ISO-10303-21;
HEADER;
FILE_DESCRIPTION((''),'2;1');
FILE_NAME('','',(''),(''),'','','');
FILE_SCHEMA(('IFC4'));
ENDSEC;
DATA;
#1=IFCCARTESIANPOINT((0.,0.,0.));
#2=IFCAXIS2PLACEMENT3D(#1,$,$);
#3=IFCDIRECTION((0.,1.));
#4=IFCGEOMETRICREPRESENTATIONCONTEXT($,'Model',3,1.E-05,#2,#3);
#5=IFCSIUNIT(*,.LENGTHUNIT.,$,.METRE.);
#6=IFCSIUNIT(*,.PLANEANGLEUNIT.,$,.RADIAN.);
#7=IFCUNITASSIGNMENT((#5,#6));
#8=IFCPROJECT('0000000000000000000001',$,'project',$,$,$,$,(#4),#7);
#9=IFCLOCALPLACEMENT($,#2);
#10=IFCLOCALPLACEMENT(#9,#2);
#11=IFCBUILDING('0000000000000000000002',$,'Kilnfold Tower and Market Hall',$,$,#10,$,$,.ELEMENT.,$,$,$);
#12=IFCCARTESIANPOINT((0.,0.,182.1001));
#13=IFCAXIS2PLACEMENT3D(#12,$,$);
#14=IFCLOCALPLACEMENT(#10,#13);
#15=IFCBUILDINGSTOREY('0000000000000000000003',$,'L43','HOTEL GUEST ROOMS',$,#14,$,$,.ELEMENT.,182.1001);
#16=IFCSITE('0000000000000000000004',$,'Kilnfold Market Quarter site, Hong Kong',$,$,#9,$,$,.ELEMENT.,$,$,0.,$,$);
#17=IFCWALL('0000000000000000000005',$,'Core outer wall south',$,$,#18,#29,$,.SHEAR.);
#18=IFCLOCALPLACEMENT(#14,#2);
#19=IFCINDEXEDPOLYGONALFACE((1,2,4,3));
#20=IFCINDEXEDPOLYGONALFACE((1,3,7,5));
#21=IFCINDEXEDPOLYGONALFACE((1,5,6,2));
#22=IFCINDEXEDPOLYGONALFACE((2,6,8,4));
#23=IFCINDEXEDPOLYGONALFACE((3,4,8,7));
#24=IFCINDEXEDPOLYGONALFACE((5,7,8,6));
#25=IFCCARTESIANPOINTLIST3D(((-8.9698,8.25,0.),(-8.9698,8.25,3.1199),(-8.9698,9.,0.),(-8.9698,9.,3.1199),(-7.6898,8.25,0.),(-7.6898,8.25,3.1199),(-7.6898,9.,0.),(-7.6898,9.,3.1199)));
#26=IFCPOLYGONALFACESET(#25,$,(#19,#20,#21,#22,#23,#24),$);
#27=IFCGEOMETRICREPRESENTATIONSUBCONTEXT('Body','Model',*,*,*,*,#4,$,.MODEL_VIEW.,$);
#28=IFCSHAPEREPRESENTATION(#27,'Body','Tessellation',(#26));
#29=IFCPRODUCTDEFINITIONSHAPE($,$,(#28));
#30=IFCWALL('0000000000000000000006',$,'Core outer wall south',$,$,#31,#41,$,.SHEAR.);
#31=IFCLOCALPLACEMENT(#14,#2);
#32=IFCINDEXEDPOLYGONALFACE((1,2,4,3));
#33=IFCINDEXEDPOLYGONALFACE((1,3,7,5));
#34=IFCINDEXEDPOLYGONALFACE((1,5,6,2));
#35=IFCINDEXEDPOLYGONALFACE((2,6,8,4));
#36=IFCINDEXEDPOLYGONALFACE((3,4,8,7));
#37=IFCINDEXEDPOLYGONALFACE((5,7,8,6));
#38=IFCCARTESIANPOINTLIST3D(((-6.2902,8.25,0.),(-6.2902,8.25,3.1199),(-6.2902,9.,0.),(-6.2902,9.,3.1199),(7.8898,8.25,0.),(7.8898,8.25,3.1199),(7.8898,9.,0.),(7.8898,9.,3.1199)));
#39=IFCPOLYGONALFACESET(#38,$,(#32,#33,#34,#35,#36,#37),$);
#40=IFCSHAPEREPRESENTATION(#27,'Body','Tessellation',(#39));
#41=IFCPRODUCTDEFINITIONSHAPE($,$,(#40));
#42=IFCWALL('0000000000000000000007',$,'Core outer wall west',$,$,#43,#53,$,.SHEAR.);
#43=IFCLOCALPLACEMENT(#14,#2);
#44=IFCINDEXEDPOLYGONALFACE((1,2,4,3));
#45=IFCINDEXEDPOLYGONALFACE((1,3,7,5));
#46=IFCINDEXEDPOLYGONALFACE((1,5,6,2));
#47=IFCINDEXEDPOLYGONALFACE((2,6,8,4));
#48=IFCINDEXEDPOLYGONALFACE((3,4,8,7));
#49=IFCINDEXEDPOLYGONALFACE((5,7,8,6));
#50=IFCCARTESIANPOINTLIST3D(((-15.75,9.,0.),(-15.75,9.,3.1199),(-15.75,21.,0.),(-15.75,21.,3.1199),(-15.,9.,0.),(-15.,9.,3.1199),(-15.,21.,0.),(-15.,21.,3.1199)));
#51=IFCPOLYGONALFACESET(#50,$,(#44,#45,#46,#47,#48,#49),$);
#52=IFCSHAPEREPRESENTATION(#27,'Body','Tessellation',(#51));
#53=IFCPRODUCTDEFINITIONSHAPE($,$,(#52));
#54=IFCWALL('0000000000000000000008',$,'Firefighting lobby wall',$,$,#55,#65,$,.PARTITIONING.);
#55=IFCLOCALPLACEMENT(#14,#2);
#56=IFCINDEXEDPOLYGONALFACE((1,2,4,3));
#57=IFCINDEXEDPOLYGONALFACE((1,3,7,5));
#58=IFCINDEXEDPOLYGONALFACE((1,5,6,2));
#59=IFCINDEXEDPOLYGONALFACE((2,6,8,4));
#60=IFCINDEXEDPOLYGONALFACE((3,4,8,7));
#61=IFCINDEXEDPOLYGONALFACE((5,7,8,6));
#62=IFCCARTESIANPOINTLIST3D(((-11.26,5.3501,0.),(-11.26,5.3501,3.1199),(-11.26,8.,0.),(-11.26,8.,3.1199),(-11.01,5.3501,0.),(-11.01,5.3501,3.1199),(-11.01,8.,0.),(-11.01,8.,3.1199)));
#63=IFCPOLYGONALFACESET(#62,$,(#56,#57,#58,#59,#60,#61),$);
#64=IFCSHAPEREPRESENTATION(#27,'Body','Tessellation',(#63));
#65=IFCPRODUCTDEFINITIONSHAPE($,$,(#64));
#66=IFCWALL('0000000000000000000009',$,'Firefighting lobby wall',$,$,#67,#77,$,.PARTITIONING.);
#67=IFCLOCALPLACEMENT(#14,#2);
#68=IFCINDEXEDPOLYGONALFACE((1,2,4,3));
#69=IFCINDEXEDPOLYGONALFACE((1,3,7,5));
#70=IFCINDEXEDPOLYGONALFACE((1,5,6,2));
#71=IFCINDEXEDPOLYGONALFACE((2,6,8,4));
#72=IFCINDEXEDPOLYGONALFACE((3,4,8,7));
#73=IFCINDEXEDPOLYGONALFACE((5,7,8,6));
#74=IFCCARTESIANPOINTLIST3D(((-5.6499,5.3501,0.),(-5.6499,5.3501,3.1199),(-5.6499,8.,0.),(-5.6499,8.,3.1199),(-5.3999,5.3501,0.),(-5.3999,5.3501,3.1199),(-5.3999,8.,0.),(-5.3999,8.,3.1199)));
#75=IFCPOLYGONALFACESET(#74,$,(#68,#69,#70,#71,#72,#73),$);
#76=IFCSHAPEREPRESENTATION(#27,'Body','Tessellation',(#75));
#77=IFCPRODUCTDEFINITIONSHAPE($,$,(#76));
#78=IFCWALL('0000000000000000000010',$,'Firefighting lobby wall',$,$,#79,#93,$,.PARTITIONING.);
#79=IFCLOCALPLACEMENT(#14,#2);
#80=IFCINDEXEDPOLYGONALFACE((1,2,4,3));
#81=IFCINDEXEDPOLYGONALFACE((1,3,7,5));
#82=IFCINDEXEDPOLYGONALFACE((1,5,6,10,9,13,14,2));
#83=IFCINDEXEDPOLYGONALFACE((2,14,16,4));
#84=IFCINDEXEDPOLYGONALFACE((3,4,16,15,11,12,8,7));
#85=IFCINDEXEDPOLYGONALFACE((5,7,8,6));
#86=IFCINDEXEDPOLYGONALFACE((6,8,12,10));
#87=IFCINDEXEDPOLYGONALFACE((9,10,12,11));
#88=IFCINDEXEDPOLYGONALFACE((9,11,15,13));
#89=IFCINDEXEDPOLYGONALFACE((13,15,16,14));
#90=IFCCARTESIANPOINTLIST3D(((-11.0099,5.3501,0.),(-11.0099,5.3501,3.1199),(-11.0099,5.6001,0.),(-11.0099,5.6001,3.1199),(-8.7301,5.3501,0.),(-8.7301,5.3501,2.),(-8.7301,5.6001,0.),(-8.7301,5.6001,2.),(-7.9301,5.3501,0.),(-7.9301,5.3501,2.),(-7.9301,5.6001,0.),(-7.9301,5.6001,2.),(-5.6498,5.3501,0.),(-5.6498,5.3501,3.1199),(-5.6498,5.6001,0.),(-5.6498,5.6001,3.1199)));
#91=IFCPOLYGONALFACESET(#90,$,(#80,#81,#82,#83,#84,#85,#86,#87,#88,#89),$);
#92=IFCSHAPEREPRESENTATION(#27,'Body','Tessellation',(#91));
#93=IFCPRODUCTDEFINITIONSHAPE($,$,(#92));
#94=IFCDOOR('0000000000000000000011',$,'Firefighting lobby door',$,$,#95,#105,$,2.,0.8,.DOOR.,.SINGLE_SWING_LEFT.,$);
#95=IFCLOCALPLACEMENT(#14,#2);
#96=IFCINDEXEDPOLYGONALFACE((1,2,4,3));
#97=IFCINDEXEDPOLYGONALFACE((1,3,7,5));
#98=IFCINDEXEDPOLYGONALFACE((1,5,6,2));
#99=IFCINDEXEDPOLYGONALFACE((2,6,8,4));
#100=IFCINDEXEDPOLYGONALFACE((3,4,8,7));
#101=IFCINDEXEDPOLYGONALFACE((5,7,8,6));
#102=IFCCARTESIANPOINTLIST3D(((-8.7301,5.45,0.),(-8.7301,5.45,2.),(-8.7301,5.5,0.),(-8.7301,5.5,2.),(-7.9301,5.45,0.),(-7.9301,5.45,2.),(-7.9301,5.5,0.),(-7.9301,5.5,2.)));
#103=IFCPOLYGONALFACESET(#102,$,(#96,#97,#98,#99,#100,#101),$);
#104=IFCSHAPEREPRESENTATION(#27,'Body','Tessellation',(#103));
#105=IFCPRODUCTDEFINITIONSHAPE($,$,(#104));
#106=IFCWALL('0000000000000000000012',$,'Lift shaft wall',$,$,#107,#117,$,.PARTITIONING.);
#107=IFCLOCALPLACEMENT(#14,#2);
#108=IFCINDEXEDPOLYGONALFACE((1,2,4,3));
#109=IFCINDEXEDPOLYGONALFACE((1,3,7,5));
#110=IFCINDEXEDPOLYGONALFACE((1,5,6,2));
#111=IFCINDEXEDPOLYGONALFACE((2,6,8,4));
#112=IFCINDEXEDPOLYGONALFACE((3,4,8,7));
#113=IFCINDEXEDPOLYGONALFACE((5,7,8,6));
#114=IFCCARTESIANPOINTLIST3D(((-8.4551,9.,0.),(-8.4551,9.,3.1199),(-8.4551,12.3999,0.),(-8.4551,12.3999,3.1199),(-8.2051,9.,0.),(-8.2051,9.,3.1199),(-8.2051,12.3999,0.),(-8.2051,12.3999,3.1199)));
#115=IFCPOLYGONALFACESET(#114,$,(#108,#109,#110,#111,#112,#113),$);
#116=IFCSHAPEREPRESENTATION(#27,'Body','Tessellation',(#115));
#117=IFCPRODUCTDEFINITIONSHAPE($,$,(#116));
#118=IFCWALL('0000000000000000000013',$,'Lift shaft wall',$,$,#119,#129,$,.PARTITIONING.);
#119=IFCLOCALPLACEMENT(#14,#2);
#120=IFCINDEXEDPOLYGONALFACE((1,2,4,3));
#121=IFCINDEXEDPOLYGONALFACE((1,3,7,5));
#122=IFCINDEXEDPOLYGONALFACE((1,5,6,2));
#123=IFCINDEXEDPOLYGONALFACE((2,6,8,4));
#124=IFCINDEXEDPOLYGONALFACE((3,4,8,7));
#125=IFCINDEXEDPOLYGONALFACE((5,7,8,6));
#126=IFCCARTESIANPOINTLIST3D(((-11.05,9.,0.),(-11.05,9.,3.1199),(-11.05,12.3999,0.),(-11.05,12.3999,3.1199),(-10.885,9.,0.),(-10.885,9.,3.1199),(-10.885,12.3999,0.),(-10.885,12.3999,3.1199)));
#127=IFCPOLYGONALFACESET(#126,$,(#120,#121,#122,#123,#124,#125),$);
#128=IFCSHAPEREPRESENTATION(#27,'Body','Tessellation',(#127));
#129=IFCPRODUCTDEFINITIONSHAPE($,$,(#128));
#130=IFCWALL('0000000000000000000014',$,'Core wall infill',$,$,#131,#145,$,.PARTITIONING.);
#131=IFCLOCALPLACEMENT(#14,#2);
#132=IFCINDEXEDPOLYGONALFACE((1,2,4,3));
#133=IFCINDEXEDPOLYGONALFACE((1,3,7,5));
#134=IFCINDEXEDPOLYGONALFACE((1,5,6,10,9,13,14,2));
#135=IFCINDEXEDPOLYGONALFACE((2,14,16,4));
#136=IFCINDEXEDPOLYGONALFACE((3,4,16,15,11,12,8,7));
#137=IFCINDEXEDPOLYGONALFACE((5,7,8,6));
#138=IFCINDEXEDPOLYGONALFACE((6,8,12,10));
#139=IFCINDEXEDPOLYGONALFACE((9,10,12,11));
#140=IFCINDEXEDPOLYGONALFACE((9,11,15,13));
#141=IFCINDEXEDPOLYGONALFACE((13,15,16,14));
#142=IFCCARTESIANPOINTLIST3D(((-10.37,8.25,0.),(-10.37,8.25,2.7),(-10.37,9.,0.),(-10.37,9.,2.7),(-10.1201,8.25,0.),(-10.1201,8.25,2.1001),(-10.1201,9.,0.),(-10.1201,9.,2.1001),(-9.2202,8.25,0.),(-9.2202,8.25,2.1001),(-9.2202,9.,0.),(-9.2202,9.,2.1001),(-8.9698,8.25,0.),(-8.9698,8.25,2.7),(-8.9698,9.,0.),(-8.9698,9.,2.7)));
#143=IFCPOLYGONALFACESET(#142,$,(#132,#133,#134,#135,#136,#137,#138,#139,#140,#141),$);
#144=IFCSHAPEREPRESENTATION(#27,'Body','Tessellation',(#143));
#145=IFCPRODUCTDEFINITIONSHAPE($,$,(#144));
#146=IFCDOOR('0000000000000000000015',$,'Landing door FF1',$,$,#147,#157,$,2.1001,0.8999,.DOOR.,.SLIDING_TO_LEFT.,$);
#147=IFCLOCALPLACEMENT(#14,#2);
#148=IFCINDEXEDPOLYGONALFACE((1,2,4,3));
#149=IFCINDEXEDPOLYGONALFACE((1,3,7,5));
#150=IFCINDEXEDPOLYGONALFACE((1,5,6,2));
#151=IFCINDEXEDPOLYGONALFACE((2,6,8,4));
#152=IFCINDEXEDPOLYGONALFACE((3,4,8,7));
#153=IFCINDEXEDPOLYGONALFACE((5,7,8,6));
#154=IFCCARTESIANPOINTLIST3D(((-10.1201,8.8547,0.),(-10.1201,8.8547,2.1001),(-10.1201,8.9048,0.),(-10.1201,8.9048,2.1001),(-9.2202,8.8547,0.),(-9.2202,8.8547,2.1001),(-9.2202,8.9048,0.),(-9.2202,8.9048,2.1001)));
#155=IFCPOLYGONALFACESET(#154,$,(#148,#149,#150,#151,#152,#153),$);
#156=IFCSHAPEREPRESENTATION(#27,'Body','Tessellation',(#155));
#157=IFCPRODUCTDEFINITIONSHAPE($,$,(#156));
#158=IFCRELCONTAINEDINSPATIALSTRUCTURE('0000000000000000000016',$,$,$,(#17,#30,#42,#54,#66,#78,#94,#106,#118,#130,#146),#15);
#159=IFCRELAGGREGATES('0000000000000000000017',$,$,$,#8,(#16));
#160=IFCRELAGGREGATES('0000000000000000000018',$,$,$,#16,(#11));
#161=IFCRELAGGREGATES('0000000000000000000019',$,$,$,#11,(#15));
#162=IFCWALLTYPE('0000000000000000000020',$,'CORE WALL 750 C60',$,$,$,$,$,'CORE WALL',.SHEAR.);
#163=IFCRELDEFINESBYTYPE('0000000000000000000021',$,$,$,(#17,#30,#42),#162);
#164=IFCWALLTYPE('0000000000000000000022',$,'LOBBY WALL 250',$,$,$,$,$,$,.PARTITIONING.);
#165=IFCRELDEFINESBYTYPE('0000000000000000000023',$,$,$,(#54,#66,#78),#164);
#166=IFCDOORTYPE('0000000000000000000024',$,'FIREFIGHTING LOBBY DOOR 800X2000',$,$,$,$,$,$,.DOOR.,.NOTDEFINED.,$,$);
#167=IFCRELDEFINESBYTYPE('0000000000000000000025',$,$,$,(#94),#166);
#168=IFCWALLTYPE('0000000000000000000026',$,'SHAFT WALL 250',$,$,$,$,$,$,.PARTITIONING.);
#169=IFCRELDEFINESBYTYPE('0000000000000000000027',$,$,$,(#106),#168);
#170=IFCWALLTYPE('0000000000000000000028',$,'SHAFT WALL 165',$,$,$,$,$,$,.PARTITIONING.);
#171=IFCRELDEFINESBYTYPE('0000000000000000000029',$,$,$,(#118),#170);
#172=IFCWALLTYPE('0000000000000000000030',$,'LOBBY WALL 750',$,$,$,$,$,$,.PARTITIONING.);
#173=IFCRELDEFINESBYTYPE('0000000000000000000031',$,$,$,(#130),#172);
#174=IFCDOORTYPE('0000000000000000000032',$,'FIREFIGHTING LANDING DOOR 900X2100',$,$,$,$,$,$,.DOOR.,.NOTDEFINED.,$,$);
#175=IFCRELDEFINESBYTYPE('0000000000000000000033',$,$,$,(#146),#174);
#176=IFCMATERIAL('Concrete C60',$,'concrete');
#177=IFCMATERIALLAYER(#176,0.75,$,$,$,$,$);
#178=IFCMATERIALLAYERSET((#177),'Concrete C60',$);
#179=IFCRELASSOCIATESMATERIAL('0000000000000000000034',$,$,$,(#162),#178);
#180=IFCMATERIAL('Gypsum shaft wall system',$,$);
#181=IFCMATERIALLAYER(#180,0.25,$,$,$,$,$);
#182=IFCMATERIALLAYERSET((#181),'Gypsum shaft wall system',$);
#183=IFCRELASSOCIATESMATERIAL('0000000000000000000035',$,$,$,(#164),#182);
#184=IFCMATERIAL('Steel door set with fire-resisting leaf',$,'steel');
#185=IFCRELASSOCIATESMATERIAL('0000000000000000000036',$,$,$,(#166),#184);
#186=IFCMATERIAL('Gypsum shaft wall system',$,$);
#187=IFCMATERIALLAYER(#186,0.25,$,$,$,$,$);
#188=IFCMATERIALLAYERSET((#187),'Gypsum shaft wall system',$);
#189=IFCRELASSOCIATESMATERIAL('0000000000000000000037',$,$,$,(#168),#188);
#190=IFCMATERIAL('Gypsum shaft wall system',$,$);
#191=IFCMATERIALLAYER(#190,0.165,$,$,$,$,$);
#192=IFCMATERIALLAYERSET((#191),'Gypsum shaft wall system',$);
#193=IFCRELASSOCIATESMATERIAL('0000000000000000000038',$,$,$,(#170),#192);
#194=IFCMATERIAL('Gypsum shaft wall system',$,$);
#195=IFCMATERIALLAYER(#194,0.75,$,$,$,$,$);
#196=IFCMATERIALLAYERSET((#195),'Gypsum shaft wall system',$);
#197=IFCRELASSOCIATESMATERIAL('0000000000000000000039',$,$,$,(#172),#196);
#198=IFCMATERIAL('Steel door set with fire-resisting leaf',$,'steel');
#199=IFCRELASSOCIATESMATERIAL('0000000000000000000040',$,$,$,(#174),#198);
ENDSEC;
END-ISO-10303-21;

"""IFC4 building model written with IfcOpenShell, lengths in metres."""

from ifc_helpers import new_model, si_unit, direction, frame, frame_2d, origin, place, context, subcontext, project, spatial, rectangle, extrude, source, transform, mapped, material, layer, layer_set, type_object, element, fill, save


model = new_model("IFC4")

# Units and contexts
model_context = context("Model", 3, precision=1e-05, world=origin(), true_north=direction((0.0, 1.0)))
body_context = subcontext(model_context, "Body", "Model", "MODEL_VIEW")
ifc_project = project(units=[si_unit("LENGTHUNIT", "METRE"), si_unit("PLANEANGLEUNIT", "RADIAN")], contexts=[model_context])

# Site, building, storey
site_placement = place(None, origin())
site = spatial("IfcSite", under=ifc_project, at=site_placement, Name="Kilnfold Market Quarter site, Hong Kong", CompositionType="ELEMENT", RefElevation=0.0)
building_placement = place(site_placement, origin())
building = spatial("IfcBuilding", under=site, at=building_placement, Name="Kilnfold Tower and Market Hall", CompositionType="ELEMENT")
storey_placement = place(building_placement, frame((0.0, 0.0, 182.1001)))
storey = spatial("IfcBuildingStorey", under=building, at=storey_placement, Name="L43", Description="HOTEL GUEST ROOMS", CompositionType="ELEMENT", Elevation=182.1001)

# Shared definitions
ifc_material_1 = material(Name="Concrete C60", Category="concrete")
ifc_layer_1 = layer(ifc_material_1, 0.75)
ifc_layer_set_1 = layer_set([ifc_layer_1], Name="Concrete C60")
wall_type_1 = type_object("IfcWallType", Name="CORE WALL 750 C60", ElementType="CORE WALL", PredefinedType="SHEAR", material=ifc_layer_set_1)

# Walls
shared_shape_1 = source(origin(), body_context, "Body", "SweptSolid", [
    extrude(rectangle(XDim=1.28, YDim=0.75, at=frame_2d((0.6401, 0.0))), origin(), (0.0, 0.0, 1.0), 3.1199),
])
wall_1_placement = place(storey_placement, frame((-8.97, 8.625, 0.0), z_axis=(0.0, 0.0, 1.0), x_axis=(1.0, 0.0, 0.0)))
element("IfcWall", 1, at=wall_1_placement, inside=storey, type_object=wall_type_1, Name="Core outer wall south", PredefinedType="SHEAR", context=body_context, shape_type="MappedRepresentation", body=[
    mapped(shared_shape_1, transform((0.0, 0.0, 0.0))),
])
shared_shape_2 = source(origin(), body_context, "Body", "SweptSolid", [
    extrude(rectangle(XDim=14.1799, YDim=0.75, at=frame_2d((7.0898, 0.0))), origin(), (0.0, 0.0, 1.0), 3.1199),
])
wall_2_placement = place(storey_placement, frame((-6.29, 8.625, 0.0), z_axis=(0.0, 0.0, 1.0), x_axis=(1.0, 0.0, 0.0)))
element("IfcWall", 2, at=wall_2_placement, inside=storey, type_object=wall_type_1, Name="Core outer wall south", PredefinedType="SHEAR", context=body_context, shape_type="MappedRepresentation", body=[
    mapped(shared_shape_2, transform((0.0, 0.0, 0.0))),
])
shared_shape_3 = source(origin(), body_context, "Body", "SweptSolid", [
    extrude(rectangle(XDim=12.0, YDim=0.75, at=frame_2d((6.0, 0.0))), origin(), (0.0, 0.0, 1.0), 3.1199),
])
wall_3_placement = place(storey_placement, frame((-15.375, 9.0, 0.0), z_axis=(0.0, 0.0, 1.0), x_axis=(0.0, 1.0, 0.0)))
element("IfcWall", 3, at=wall_3_placement, inside=storey, type_object=wall_type_1, Name="Core outer wall west", PredefinedType="SHEAR", context=body_context, shape_type="MappedRepresentation", body=[
    mapped(shared_shape_3, transform((0.0, 0.0, 0.0))),
])
ifc_material_2 = material(Name="Gypsum shaft wall system")
ifc_layer_2 = layer(ifc_material_2, 0.25)
ifc_layer_set_2 = layer_set([ifc_layer_2], Name="Gypsum shaft wall system")
wall_type_2 = type_object("IfcWallType", Name="LOBBY WALL 250", PredefinedType="PARTITIONING", material=ifc_layer_set_2)
shared_shape_4 = source(origin(), body_context, "Body", "SweptSolid", [
    extrude(rectangle(XDim=2.6499, YDim=0.25, at=frame_2d((1.325, 0.0))), origin(), (0.0, 0.0, 1.0), 3.1199),
])
for number, where, z_axis, x_axis, name in (
    (4, (-11.135, 5.3501, 0.0), (0.0, 0.0, 1.0), (0.0, 1.0, 0.0), "Firefighting lobby wall"),
    (5, (-5.5249, 5.3501, 0.0), (0.0, 0.0, 1.0), (0.0, 1.0, 0.0), "Firefighting lobby wall"),
):
    element("IfcWall", number, at=place(storey_placement, frame(where, z_axis=z_axis, x_axis=x_axis)), inside=storey, type_object=wall_type_2, Name=name, PredefinedType="PARTITIONING", context=body_context, shape_type="MappedRepresentation", body=[
        mapped(shared_shape_4, transform((0.0, 0.0, 0.0))),
    ])

# Wall, opening, door
shared_shape_5 = source(origin(), body_context, "Body", "SweptSolid", [
    extrude(rectangle(XDim=5.3601, YDim=0.25, at=frame_2d((2.6802, 0.0))), origin(), (0.0, 0.0, 1.0), 3.1199),
])
wall_4_placement = place(storey_placement, frame((-11.01, 5.4751, 0.0), z_axis=(0.0, 0.0, 1.0), x_axis=(1.0, 0.0, 0.0)))
wall_4 = element("IfcWall", 6, at=wall_4_placement, inside=storey, type_object=wall_type_2, Name="Firefighting lobby wall", PredefinedType="PARTITIONING", context=body_context, shape_type="MappedRepresentation", body=[
    mapped(shared_shape_5, transform((0.0, 0.0, 0.0))),
])
opening_1_placement = place(wall_4_placement, frame((2.28, 0.0, 0.0)))
opening_1 = element("IfcOpeningElement", 7, at=opening_1_placement, cuts=wall_4, PredefinedType="OPENING", context=body_context, shape_type="SweptSolid", body=[
    extrude(rectangle(XDim=0.8, YDim=2.0, at=frame_2d((0.3999, 1.0))), frame((0.0, 0.135, 0.0), z_axis=(0.0, -1.0, 0.0), x_axis=(1.0, 0.0, 0.0)), (0.0, 0.0, 1.0), 0.27),
])
ifc_material_3 = material(Name="Steel door set with fire-resisting leaf", Category="steel")
door_type_1 = type_object("IfcDoorType", Name="FIREFIGHTING LOBBY DOOR 800X2000", OperationType="NOTDEFINED", PredefinedType="DOOR", material=ifc_material_3)
door_1_placement = place(opening_1_placement, origin())
door_1 = element("IfcDoor", 8, at=door_1_placement, inside=storey, type_object=door_type_1, Name="Firefighting lobby door", OperationType="SINGLE_SWING_LEFT", OverallHeight=2.0, OverallWidth=0.8, PredefinedType="DOOR", context=body_context, shape_type="SweptSolid", body=[
    extrude(rectangle(XDim=0.8, YDim=2.0, at=frame_2d((0.3999, 1.0))), frame((0.0, 0.0249, 0.0), z_axis=(0.0, -1.0, 0.0), x_axis=(1.0, 0.0, 0.0)), (0.0, 0.0, 1.0), 0.05),
])
fill(opening_1, door_1)

# Walls
ifc_material_4 = material(Name="Gypsum shaft wall system")
ifc_layer_3 = layer(ifc_material_4, 0.25)
ifc_layer_set_3 = layer_set([ifc_layer_3], Name="Gypsum shaft wall system")
wall_type_3 = type_object("IfcWallType", Name="SHAFT WALL 250", PredefinedType="PARTITIONING", material=ifc_layer_set_3)
shared_shape_6 = source(origin(), body_context, "Body", "SweptSolid", [
    extrude(rectangle(XDim=3.3999, YDim=0.25, at=frame_2d((1.7, 0.0))), origin(), (0.0, 0.0, 1.0), 3.1199),
])
wall_5_placement = place(storey_placement, frame((-8.3301, 9.0, 0.0), z_axis=(0.0, 0.0, 1.0), x_axis=(0.0, 1.0, 0.0)))
element("IfcWall", 9, at=wall_5_placement, inside=storey, type_object=wall_type_3, Name="Lift shaft wall", PredefinedType="PARTITIONING", context=body_context, shape_type="MappedRepresentation", body=[
    mapped(shared_shape_6, transform((0.0, 0.0, 0.0))),
])
ifc_material_5 = material(Name="Gypsum shaft wall system")
ifc_layer_4 = layer(ifc_material_5, 0.165)
ifc_layer_set_4 = layer_set([ifc_layer_4], Name="Gypsum shaft wall system")
wall_type_4 = type_object("IfcWallType", Name="SHAFT WALL 165", PredefinedType="PARTITIONING", material=ifc_layer_set_4)
shared_shape_7 = source(origin(), body_context, "Body", "SweptSolid", [
    extrude(rectangle(XDim=3.3999, YDim=0.165, at=frame_2d((1.7, 0.0))), origin(), (0.0, 0.0, 1.0), 3.1199),
])
wall_6_placement = place(storey_placement, frame((-10.9675, 9.0, 0.0), z_axis=(0.0, 0.0, 1.0), x_axis=(0.0, 1.0, 0.0)))
element("IfcWall", 10, at=wall_6_placement, inside=storey, type_object=wall_type_4, Name="Lift shaft wall", PredefinedType="PARTITIONING", context=body_context, shape_type="MappedRepresentation", body=[
    mapped(shared_shape_7, transform((0.0, 0.0, 0.0))),
])

# Wall, opening, door
ifc_material_6 = material(Name="Gypsum shaft wall system")
ifc_layer_5 = layer(ifc_material_6, 0.75)
ifc_layer_set_5 = layer_set([ifc_layer_5], Name="Gypsum shaft wall system")
wall_type_5 = type_object("IfcWallType", Name="LOBBY WALL 750", PredefinedType="PARTITIONING", material=ifc_layer_set_5)
shared_shape_8 = source(origin(), body_context, "Body", "SweptSolid", [
    extrude(rectangle(XDim=1.4001, YDim=0.75, at=frame_2d((0.7002, 0.0))), origin(), (0.0, 0.0, 1.0), 2.7),
])
wall_7_placement = place(storey_placement, frame((-10.3701, 8.625, 0.0), z_axis=(0.0, 0.0, 1.0), x_axis=(1.0, 0.0, 0.0)))
wall_7 = element("IfcWall", 11, at=wall_7_placement, inside=storey, type_object=wall_type_5, Name="Core wall infill", PredefinedType="PARTITIONING", context=body_context, shape_type="MappedRepresentation", body=[
    mapped(shared_shape_8, transform((0.0, 0.0, 0.0))),
])
opening_2_placement = place(wall_7_placement, frame((0.25, 0.0, 0.0)))
opening_2 = element("IfcOpeningElement", 12, at=opening_2_placement, cuts=wall_7, PredefinedType="OPENING", context=body_context, shape_type="SweptSolid", body=[
    extrude(rectangle(XDim=0.8999, YDim=2.1001, at=frame_2d((0.45, 1.05))), frame((0.0, 0.385, 0.0), z_axis=(0.0, -1.0, 0.0), x_axis=(1.0, 0.0, 0.0)), (0.0, 0.0, 1.0), 0.77),
])
ifc_material_7 = material(Name="Steel door set with fire-resisting leaf", Category="steel")
door_type_2 = type_object("IfcDoorType", Name="FIREFIGHTING LANDING DOOR 900X2100", OperationType="NOTDEFINED", PredefinedType="DOOR", material=ifc_material_7)
door_2_placement = place(opening_2_placement, origin())
door_2 = element("IfcDoor", 13, at=door_2_placement, inside=storey, type_object=door_type_2, Name="Landing door FF1", OperationType="SLIDING_TO_LEFT", OverallHeight=2.1001, OverallWidth=0.8999, PredefinedType="DOOR", context=body_context, shape_type="SweptSolid", body=[
    extrude(rectangle(XDim=0.8999, YDim=2.1001, at=frame_2d((0.45, 1.05))), frame((0.0, 0.2798, 0.0), z_axis=(0.0, -1.0, 0.0), x_axis=(1.0, 0.0, 0.0)), (0.0, 0.0, 1.0), 0.05),
])
fill(opening_2, door_2)

save(model, "model.ifc")
